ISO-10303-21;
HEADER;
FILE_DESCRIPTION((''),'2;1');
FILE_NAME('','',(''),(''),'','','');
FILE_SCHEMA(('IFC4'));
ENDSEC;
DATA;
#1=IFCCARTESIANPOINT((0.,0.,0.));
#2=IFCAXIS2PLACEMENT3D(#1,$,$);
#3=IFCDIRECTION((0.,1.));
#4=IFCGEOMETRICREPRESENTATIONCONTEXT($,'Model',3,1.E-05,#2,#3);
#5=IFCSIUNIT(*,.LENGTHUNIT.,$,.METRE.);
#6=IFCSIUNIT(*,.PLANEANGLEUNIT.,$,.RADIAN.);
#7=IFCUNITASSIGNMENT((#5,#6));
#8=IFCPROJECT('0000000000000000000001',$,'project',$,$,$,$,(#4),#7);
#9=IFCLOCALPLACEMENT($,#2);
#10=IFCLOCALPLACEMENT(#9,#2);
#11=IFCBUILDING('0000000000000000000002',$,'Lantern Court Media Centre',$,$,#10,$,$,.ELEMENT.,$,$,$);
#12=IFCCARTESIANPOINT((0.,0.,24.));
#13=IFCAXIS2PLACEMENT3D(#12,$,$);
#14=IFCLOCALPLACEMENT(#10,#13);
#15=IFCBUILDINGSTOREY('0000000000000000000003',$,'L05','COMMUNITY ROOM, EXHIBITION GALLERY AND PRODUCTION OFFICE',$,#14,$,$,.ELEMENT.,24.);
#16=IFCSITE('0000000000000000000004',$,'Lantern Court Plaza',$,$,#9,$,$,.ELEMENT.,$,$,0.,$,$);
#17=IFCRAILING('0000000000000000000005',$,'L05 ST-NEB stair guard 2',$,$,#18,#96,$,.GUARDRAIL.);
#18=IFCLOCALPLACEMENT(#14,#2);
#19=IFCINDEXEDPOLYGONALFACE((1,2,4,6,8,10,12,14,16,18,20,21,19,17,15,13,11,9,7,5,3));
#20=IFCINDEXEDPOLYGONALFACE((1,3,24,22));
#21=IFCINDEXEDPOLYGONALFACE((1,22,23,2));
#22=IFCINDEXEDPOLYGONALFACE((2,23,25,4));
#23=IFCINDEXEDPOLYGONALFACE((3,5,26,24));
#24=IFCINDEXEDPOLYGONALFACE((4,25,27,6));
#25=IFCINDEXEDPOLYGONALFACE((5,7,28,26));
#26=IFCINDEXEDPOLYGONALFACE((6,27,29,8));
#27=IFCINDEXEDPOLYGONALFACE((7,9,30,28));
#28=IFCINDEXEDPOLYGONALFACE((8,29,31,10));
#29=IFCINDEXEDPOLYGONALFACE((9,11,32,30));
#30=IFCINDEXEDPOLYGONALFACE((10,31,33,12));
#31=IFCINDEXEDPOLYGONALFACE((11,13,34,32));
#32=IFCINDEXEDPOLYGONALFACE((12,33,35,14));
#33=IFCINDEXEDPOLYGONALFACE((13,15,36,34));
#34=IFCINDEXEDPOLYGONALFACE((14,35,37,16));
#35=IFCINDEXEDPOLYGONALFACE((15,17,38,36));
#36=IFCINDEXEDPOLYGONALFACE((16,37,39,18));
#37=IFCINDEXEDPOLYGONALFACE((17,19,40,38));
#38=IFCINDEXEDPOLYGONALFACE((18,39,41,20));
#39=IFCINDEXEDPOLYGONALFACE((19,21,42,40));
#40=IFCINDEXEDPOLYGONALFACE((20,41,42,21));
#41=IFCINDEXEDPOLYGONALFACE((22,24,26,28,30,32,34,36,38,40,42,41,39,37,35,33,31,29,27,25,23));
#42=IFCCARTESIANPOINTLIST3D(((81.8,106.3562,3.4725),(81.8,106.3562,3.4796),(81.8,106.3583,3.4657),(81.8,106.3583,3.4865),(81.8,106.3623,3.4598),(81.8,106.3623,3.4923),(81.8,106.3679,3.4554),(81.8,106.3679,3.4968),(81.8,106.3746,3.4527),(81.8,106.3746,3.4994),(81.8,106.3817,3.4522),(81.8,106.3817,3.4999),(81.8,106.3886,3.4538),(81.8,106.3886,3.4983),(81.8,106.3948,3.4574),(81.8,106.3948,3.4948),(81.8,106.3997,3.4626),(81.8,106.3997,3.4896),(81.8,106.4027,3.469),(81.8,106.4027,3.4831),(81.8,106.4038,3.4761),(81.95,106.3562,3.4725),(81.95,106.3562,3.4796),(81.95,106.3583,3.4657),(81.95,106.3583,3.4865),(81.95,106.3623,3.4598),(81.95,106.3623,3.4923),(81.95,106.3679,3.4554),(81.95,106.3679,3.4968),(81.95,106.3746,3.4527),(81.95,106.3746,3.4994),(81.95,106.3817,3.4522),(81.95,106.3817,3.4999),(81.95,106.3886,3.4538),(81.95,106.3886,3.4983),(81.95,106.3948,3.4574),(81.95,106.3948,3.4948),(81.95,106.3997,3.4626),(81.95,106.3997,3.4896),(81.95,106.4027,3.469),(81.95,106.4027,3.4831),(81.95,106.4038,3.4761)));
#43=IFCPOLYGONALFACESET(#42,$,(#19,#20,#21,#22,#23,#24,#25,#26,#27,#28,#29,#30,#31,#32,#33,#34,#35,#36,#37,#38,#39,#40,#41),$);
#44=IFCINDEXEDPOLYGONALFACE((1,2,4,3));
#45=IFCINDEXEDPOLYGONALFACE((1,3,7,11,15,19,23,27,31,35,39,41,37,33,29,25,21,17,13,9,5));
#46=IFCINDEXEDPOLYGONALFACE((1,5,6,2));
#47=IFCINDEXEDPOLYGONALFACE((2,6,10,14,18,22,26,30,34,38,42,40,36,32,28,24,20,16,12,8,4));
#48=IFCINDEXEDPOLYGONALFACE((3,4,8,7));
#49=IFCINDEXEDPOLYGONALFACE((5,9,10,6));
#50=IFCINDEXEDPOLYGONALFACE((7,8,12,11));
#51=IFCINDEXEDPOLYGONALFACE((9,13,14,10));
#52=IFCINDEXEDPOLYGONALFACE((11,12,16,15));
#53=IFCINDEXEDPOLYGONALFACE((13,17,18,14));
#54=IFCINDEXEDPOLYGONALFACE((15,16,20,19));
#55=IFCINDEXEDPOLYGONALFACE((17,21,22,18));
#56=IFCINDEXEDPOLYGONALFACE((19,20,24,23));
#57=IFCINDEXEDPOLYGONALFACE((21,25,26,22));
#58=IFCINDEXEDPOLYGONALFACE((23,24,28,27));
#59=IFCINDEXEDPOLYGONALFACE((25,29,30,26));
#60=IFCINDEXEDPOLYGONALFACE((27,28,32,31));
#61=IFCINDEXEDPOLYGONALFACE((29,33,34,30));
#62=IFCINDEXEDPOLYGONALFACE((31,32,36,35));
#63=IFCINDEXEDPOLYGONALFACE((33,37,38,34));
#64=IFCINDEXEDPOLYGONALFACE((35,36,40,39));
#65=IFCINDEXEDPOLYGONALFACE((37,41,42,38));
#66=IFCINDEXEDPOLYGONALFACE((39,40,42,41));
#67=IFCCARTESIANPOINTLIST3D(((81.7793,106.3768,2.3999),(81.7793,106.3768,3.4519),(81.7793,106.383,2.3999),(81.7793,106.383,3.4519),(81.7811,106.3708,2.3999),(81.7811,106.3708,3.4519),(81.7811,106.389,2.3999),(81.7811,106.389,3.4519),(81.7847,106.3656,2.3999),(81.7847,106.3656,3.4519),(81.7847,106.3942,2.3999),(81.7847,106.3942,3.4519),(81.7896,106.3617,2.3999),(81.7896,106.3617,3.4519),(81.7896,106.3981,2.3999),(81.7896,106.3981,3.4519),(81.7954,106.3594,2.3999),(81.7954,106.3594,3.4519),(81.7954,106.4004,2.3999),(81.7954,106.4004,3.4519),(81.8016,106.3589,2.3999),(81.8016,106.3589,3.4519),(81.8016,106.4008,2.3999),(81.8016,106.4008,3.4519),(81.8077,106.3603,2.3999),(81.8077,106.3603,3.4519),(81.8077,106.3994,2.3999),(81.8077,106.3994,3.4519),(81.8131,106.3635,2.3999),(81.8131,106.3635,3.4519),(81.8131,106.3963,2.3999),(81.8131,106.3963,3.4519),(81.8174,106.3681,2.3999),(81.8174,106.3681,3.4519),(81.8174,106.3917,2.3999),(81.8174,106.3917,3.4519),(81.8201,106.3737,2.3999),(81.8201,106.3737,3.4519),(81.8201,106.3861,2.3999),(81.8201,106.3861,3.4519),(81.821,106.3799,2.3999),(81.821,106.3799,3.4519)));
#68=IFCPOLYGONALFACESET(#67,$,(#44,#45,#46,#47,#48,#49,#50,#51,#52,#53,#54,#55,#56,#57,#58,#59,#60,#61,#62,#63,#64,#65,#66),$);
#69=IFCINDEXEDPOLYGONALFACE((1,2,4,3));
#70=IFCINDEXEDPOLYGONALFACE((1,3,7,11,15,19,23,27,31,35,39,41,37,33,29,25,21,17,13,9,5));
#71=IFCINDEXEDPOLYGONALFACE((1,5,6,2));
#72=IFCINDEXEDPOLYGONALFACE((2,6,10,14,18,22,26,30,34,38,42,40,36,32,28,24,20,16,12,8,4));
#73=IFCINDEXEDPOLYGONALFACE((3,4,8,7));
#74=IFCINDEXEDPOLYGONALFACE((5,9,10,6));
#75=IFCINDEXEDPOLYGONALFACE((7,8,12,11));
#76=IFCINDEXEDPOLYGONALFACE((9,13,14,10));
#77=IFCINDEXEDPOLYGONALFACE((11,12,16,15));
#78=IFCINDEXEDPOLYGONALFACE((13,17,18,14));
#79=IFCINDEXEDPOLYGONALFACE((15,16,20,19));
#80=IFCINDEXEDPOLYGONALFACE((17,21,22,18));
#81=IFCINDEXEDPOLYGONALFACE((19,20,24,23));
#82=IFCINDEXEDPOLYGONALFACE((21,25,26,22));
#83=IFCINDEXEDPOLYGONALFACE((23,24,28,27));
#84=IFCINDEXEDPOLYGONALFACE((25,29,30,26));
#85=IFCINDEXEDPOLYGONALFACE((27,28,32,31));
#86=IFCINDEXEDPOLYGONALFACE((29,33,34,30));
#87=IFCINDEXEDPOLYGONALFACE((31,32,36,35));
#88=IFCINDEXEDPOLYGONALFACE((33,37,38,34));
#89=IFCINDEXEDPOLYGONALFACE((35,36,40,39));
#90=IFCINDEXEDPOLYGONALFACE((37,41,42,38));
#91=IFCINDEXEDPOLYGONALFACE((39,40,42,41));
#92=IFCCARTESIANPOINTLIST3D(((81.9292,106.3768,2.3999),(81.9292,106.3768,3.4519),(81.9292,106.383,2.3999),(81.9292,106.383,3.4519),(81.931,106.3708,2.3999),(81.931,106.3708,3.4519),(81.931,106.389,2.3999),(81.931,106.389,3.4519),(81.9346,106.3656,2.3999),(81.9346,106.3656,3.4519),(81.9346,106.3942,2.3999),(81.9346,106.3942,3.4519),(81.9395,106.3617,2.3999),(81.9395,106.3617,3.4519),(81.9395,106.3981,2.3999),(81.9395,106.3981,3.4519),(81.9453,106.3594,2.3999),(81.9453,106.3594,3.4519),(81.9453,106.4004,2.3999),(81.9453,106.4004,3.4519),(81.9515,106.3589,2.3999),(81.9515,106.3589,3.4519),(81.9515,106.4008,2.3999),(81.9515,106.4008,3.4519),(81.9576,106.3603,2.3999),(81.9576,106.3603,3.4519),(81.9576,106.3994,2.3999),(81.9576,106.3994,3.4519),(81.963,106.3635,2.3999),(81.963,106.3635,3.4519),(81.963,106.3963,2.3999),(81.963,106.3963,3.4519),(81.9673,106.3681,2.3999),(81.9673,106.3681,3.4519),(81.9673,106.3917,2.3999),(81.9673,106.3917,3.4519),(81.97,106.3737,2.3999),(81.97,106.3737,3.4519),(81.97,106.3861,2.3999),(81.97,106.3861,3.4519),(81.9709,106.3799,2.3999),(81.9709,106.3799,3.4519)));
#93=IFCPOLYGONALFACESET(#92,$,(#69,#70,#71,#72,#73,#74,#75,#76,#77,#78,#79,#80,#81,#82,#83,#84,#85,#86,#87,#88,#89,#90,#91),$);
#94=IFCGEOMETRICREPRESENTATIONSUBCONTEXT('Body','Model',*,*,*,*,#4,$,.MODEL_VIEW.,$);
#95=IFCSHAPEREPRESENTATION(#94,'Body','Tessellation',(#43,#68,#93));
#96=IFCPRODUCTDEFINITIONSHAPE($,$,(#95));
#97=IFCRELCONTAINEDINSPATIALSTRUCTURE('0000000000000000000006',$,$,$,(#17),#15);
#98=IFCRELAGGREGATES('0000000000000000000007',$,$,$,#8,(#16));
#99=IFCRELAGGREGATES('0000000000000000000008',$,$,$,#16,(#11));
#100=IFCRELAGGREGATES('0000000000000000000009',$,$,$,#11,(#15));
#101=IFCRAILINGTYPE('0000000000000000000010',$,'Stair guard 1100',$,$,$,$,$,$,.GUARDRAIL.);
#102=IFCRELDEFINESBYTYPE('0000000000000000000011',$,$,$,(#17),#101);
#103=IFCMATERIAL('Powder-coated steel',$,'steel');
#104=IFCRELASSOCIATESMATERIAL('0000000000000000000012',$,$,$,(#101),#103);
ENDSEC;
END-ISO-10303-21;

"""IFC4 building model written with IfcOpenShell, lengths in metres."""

from ifc_helpers import new_model, si_unit, direction, frame, origin, origin_2d, place, context, subcontext, project, spatial, circle, extrude, material, type_object, element, save


model = new_model("IFC4")

# Units and contexts
model_context = context("Model", 3, precision=1e-05, world=origin(), true_north=direction((0.0, 1.0)))
body_context = subcontext(model_context, "Body", "Model", "MODEL_VIEW")
ifc_project = project(units=[si_unit("LENGTHUNIT", "METRE"), si_unit("PLANEANGLEUNIT", "RADIAN")], contexts=[model_context])

# Site, building, storey
site_placement = place(None, origin())
site = spatial("IfcSite", under=ifc_project, at=site_placement, Name="Lantern Court Plaza", CompositionType="ELEMENT", RefElevation=0.0)
building_placement = place(site_placement, origin())
building = spatial("IfcBuilding", under=site, at=building_placement, Name="Lantern Court Media Centre", CompositionType="ELEMENT")
storey_placement = place(building_placement, frame((0.0, 0.0, 24.0)))
storey = spatial("IfcBuildingStorey", under=building, at=storey_placement, Name="L05", Description="COMMUNITY ROOM, EXHIBITION GALLERY AND PRODUCTION OFFICE", CompositionType="ELEMENT", Elevation=24.0)

# Shared definitions
ifc_material_1 = material(Name="Powder-coated steel", Category="steel")

# Railing
railing_type_1 = type_object("IfcRailingType", Name="Stair guard 1100", PredefinedType="GUARDRAIL", material=ifc_material_1)
railing_1_placement = place(storey_placement, frame((81.8, 106.3799, 2.3999)))
element("IfcRailing", 1, at=railing_1_placement, inside=storey, type_object=railing_type_1, Name="L05 ST-NEB stair guard 2", PredefinedType="GUARDRAIL", context=body_context, shape_type="SweptSolid", body=[
    extrude(circle(Radius=0.0239, at=origin_2d()), frame((0.0, 0.0, 1.0762), z_axis=(1.0, 0.0, 0.0), x_axis=(0.0, 1.0, 0.0)), (0.0, 0.0, 1.0), 0.1499),
    extrude(circle(Radius=0.021, at=origin_2d()), origin(), (0.0, 0.0, 1.0), 1.052),
    extrude(circle(Radius=0.021, at=origin_2d()), frame((0.1499, 0.0, 0.0)), (0.0, 0.0, 1.0), 1.052),
])

save(model, "model.ifc")
